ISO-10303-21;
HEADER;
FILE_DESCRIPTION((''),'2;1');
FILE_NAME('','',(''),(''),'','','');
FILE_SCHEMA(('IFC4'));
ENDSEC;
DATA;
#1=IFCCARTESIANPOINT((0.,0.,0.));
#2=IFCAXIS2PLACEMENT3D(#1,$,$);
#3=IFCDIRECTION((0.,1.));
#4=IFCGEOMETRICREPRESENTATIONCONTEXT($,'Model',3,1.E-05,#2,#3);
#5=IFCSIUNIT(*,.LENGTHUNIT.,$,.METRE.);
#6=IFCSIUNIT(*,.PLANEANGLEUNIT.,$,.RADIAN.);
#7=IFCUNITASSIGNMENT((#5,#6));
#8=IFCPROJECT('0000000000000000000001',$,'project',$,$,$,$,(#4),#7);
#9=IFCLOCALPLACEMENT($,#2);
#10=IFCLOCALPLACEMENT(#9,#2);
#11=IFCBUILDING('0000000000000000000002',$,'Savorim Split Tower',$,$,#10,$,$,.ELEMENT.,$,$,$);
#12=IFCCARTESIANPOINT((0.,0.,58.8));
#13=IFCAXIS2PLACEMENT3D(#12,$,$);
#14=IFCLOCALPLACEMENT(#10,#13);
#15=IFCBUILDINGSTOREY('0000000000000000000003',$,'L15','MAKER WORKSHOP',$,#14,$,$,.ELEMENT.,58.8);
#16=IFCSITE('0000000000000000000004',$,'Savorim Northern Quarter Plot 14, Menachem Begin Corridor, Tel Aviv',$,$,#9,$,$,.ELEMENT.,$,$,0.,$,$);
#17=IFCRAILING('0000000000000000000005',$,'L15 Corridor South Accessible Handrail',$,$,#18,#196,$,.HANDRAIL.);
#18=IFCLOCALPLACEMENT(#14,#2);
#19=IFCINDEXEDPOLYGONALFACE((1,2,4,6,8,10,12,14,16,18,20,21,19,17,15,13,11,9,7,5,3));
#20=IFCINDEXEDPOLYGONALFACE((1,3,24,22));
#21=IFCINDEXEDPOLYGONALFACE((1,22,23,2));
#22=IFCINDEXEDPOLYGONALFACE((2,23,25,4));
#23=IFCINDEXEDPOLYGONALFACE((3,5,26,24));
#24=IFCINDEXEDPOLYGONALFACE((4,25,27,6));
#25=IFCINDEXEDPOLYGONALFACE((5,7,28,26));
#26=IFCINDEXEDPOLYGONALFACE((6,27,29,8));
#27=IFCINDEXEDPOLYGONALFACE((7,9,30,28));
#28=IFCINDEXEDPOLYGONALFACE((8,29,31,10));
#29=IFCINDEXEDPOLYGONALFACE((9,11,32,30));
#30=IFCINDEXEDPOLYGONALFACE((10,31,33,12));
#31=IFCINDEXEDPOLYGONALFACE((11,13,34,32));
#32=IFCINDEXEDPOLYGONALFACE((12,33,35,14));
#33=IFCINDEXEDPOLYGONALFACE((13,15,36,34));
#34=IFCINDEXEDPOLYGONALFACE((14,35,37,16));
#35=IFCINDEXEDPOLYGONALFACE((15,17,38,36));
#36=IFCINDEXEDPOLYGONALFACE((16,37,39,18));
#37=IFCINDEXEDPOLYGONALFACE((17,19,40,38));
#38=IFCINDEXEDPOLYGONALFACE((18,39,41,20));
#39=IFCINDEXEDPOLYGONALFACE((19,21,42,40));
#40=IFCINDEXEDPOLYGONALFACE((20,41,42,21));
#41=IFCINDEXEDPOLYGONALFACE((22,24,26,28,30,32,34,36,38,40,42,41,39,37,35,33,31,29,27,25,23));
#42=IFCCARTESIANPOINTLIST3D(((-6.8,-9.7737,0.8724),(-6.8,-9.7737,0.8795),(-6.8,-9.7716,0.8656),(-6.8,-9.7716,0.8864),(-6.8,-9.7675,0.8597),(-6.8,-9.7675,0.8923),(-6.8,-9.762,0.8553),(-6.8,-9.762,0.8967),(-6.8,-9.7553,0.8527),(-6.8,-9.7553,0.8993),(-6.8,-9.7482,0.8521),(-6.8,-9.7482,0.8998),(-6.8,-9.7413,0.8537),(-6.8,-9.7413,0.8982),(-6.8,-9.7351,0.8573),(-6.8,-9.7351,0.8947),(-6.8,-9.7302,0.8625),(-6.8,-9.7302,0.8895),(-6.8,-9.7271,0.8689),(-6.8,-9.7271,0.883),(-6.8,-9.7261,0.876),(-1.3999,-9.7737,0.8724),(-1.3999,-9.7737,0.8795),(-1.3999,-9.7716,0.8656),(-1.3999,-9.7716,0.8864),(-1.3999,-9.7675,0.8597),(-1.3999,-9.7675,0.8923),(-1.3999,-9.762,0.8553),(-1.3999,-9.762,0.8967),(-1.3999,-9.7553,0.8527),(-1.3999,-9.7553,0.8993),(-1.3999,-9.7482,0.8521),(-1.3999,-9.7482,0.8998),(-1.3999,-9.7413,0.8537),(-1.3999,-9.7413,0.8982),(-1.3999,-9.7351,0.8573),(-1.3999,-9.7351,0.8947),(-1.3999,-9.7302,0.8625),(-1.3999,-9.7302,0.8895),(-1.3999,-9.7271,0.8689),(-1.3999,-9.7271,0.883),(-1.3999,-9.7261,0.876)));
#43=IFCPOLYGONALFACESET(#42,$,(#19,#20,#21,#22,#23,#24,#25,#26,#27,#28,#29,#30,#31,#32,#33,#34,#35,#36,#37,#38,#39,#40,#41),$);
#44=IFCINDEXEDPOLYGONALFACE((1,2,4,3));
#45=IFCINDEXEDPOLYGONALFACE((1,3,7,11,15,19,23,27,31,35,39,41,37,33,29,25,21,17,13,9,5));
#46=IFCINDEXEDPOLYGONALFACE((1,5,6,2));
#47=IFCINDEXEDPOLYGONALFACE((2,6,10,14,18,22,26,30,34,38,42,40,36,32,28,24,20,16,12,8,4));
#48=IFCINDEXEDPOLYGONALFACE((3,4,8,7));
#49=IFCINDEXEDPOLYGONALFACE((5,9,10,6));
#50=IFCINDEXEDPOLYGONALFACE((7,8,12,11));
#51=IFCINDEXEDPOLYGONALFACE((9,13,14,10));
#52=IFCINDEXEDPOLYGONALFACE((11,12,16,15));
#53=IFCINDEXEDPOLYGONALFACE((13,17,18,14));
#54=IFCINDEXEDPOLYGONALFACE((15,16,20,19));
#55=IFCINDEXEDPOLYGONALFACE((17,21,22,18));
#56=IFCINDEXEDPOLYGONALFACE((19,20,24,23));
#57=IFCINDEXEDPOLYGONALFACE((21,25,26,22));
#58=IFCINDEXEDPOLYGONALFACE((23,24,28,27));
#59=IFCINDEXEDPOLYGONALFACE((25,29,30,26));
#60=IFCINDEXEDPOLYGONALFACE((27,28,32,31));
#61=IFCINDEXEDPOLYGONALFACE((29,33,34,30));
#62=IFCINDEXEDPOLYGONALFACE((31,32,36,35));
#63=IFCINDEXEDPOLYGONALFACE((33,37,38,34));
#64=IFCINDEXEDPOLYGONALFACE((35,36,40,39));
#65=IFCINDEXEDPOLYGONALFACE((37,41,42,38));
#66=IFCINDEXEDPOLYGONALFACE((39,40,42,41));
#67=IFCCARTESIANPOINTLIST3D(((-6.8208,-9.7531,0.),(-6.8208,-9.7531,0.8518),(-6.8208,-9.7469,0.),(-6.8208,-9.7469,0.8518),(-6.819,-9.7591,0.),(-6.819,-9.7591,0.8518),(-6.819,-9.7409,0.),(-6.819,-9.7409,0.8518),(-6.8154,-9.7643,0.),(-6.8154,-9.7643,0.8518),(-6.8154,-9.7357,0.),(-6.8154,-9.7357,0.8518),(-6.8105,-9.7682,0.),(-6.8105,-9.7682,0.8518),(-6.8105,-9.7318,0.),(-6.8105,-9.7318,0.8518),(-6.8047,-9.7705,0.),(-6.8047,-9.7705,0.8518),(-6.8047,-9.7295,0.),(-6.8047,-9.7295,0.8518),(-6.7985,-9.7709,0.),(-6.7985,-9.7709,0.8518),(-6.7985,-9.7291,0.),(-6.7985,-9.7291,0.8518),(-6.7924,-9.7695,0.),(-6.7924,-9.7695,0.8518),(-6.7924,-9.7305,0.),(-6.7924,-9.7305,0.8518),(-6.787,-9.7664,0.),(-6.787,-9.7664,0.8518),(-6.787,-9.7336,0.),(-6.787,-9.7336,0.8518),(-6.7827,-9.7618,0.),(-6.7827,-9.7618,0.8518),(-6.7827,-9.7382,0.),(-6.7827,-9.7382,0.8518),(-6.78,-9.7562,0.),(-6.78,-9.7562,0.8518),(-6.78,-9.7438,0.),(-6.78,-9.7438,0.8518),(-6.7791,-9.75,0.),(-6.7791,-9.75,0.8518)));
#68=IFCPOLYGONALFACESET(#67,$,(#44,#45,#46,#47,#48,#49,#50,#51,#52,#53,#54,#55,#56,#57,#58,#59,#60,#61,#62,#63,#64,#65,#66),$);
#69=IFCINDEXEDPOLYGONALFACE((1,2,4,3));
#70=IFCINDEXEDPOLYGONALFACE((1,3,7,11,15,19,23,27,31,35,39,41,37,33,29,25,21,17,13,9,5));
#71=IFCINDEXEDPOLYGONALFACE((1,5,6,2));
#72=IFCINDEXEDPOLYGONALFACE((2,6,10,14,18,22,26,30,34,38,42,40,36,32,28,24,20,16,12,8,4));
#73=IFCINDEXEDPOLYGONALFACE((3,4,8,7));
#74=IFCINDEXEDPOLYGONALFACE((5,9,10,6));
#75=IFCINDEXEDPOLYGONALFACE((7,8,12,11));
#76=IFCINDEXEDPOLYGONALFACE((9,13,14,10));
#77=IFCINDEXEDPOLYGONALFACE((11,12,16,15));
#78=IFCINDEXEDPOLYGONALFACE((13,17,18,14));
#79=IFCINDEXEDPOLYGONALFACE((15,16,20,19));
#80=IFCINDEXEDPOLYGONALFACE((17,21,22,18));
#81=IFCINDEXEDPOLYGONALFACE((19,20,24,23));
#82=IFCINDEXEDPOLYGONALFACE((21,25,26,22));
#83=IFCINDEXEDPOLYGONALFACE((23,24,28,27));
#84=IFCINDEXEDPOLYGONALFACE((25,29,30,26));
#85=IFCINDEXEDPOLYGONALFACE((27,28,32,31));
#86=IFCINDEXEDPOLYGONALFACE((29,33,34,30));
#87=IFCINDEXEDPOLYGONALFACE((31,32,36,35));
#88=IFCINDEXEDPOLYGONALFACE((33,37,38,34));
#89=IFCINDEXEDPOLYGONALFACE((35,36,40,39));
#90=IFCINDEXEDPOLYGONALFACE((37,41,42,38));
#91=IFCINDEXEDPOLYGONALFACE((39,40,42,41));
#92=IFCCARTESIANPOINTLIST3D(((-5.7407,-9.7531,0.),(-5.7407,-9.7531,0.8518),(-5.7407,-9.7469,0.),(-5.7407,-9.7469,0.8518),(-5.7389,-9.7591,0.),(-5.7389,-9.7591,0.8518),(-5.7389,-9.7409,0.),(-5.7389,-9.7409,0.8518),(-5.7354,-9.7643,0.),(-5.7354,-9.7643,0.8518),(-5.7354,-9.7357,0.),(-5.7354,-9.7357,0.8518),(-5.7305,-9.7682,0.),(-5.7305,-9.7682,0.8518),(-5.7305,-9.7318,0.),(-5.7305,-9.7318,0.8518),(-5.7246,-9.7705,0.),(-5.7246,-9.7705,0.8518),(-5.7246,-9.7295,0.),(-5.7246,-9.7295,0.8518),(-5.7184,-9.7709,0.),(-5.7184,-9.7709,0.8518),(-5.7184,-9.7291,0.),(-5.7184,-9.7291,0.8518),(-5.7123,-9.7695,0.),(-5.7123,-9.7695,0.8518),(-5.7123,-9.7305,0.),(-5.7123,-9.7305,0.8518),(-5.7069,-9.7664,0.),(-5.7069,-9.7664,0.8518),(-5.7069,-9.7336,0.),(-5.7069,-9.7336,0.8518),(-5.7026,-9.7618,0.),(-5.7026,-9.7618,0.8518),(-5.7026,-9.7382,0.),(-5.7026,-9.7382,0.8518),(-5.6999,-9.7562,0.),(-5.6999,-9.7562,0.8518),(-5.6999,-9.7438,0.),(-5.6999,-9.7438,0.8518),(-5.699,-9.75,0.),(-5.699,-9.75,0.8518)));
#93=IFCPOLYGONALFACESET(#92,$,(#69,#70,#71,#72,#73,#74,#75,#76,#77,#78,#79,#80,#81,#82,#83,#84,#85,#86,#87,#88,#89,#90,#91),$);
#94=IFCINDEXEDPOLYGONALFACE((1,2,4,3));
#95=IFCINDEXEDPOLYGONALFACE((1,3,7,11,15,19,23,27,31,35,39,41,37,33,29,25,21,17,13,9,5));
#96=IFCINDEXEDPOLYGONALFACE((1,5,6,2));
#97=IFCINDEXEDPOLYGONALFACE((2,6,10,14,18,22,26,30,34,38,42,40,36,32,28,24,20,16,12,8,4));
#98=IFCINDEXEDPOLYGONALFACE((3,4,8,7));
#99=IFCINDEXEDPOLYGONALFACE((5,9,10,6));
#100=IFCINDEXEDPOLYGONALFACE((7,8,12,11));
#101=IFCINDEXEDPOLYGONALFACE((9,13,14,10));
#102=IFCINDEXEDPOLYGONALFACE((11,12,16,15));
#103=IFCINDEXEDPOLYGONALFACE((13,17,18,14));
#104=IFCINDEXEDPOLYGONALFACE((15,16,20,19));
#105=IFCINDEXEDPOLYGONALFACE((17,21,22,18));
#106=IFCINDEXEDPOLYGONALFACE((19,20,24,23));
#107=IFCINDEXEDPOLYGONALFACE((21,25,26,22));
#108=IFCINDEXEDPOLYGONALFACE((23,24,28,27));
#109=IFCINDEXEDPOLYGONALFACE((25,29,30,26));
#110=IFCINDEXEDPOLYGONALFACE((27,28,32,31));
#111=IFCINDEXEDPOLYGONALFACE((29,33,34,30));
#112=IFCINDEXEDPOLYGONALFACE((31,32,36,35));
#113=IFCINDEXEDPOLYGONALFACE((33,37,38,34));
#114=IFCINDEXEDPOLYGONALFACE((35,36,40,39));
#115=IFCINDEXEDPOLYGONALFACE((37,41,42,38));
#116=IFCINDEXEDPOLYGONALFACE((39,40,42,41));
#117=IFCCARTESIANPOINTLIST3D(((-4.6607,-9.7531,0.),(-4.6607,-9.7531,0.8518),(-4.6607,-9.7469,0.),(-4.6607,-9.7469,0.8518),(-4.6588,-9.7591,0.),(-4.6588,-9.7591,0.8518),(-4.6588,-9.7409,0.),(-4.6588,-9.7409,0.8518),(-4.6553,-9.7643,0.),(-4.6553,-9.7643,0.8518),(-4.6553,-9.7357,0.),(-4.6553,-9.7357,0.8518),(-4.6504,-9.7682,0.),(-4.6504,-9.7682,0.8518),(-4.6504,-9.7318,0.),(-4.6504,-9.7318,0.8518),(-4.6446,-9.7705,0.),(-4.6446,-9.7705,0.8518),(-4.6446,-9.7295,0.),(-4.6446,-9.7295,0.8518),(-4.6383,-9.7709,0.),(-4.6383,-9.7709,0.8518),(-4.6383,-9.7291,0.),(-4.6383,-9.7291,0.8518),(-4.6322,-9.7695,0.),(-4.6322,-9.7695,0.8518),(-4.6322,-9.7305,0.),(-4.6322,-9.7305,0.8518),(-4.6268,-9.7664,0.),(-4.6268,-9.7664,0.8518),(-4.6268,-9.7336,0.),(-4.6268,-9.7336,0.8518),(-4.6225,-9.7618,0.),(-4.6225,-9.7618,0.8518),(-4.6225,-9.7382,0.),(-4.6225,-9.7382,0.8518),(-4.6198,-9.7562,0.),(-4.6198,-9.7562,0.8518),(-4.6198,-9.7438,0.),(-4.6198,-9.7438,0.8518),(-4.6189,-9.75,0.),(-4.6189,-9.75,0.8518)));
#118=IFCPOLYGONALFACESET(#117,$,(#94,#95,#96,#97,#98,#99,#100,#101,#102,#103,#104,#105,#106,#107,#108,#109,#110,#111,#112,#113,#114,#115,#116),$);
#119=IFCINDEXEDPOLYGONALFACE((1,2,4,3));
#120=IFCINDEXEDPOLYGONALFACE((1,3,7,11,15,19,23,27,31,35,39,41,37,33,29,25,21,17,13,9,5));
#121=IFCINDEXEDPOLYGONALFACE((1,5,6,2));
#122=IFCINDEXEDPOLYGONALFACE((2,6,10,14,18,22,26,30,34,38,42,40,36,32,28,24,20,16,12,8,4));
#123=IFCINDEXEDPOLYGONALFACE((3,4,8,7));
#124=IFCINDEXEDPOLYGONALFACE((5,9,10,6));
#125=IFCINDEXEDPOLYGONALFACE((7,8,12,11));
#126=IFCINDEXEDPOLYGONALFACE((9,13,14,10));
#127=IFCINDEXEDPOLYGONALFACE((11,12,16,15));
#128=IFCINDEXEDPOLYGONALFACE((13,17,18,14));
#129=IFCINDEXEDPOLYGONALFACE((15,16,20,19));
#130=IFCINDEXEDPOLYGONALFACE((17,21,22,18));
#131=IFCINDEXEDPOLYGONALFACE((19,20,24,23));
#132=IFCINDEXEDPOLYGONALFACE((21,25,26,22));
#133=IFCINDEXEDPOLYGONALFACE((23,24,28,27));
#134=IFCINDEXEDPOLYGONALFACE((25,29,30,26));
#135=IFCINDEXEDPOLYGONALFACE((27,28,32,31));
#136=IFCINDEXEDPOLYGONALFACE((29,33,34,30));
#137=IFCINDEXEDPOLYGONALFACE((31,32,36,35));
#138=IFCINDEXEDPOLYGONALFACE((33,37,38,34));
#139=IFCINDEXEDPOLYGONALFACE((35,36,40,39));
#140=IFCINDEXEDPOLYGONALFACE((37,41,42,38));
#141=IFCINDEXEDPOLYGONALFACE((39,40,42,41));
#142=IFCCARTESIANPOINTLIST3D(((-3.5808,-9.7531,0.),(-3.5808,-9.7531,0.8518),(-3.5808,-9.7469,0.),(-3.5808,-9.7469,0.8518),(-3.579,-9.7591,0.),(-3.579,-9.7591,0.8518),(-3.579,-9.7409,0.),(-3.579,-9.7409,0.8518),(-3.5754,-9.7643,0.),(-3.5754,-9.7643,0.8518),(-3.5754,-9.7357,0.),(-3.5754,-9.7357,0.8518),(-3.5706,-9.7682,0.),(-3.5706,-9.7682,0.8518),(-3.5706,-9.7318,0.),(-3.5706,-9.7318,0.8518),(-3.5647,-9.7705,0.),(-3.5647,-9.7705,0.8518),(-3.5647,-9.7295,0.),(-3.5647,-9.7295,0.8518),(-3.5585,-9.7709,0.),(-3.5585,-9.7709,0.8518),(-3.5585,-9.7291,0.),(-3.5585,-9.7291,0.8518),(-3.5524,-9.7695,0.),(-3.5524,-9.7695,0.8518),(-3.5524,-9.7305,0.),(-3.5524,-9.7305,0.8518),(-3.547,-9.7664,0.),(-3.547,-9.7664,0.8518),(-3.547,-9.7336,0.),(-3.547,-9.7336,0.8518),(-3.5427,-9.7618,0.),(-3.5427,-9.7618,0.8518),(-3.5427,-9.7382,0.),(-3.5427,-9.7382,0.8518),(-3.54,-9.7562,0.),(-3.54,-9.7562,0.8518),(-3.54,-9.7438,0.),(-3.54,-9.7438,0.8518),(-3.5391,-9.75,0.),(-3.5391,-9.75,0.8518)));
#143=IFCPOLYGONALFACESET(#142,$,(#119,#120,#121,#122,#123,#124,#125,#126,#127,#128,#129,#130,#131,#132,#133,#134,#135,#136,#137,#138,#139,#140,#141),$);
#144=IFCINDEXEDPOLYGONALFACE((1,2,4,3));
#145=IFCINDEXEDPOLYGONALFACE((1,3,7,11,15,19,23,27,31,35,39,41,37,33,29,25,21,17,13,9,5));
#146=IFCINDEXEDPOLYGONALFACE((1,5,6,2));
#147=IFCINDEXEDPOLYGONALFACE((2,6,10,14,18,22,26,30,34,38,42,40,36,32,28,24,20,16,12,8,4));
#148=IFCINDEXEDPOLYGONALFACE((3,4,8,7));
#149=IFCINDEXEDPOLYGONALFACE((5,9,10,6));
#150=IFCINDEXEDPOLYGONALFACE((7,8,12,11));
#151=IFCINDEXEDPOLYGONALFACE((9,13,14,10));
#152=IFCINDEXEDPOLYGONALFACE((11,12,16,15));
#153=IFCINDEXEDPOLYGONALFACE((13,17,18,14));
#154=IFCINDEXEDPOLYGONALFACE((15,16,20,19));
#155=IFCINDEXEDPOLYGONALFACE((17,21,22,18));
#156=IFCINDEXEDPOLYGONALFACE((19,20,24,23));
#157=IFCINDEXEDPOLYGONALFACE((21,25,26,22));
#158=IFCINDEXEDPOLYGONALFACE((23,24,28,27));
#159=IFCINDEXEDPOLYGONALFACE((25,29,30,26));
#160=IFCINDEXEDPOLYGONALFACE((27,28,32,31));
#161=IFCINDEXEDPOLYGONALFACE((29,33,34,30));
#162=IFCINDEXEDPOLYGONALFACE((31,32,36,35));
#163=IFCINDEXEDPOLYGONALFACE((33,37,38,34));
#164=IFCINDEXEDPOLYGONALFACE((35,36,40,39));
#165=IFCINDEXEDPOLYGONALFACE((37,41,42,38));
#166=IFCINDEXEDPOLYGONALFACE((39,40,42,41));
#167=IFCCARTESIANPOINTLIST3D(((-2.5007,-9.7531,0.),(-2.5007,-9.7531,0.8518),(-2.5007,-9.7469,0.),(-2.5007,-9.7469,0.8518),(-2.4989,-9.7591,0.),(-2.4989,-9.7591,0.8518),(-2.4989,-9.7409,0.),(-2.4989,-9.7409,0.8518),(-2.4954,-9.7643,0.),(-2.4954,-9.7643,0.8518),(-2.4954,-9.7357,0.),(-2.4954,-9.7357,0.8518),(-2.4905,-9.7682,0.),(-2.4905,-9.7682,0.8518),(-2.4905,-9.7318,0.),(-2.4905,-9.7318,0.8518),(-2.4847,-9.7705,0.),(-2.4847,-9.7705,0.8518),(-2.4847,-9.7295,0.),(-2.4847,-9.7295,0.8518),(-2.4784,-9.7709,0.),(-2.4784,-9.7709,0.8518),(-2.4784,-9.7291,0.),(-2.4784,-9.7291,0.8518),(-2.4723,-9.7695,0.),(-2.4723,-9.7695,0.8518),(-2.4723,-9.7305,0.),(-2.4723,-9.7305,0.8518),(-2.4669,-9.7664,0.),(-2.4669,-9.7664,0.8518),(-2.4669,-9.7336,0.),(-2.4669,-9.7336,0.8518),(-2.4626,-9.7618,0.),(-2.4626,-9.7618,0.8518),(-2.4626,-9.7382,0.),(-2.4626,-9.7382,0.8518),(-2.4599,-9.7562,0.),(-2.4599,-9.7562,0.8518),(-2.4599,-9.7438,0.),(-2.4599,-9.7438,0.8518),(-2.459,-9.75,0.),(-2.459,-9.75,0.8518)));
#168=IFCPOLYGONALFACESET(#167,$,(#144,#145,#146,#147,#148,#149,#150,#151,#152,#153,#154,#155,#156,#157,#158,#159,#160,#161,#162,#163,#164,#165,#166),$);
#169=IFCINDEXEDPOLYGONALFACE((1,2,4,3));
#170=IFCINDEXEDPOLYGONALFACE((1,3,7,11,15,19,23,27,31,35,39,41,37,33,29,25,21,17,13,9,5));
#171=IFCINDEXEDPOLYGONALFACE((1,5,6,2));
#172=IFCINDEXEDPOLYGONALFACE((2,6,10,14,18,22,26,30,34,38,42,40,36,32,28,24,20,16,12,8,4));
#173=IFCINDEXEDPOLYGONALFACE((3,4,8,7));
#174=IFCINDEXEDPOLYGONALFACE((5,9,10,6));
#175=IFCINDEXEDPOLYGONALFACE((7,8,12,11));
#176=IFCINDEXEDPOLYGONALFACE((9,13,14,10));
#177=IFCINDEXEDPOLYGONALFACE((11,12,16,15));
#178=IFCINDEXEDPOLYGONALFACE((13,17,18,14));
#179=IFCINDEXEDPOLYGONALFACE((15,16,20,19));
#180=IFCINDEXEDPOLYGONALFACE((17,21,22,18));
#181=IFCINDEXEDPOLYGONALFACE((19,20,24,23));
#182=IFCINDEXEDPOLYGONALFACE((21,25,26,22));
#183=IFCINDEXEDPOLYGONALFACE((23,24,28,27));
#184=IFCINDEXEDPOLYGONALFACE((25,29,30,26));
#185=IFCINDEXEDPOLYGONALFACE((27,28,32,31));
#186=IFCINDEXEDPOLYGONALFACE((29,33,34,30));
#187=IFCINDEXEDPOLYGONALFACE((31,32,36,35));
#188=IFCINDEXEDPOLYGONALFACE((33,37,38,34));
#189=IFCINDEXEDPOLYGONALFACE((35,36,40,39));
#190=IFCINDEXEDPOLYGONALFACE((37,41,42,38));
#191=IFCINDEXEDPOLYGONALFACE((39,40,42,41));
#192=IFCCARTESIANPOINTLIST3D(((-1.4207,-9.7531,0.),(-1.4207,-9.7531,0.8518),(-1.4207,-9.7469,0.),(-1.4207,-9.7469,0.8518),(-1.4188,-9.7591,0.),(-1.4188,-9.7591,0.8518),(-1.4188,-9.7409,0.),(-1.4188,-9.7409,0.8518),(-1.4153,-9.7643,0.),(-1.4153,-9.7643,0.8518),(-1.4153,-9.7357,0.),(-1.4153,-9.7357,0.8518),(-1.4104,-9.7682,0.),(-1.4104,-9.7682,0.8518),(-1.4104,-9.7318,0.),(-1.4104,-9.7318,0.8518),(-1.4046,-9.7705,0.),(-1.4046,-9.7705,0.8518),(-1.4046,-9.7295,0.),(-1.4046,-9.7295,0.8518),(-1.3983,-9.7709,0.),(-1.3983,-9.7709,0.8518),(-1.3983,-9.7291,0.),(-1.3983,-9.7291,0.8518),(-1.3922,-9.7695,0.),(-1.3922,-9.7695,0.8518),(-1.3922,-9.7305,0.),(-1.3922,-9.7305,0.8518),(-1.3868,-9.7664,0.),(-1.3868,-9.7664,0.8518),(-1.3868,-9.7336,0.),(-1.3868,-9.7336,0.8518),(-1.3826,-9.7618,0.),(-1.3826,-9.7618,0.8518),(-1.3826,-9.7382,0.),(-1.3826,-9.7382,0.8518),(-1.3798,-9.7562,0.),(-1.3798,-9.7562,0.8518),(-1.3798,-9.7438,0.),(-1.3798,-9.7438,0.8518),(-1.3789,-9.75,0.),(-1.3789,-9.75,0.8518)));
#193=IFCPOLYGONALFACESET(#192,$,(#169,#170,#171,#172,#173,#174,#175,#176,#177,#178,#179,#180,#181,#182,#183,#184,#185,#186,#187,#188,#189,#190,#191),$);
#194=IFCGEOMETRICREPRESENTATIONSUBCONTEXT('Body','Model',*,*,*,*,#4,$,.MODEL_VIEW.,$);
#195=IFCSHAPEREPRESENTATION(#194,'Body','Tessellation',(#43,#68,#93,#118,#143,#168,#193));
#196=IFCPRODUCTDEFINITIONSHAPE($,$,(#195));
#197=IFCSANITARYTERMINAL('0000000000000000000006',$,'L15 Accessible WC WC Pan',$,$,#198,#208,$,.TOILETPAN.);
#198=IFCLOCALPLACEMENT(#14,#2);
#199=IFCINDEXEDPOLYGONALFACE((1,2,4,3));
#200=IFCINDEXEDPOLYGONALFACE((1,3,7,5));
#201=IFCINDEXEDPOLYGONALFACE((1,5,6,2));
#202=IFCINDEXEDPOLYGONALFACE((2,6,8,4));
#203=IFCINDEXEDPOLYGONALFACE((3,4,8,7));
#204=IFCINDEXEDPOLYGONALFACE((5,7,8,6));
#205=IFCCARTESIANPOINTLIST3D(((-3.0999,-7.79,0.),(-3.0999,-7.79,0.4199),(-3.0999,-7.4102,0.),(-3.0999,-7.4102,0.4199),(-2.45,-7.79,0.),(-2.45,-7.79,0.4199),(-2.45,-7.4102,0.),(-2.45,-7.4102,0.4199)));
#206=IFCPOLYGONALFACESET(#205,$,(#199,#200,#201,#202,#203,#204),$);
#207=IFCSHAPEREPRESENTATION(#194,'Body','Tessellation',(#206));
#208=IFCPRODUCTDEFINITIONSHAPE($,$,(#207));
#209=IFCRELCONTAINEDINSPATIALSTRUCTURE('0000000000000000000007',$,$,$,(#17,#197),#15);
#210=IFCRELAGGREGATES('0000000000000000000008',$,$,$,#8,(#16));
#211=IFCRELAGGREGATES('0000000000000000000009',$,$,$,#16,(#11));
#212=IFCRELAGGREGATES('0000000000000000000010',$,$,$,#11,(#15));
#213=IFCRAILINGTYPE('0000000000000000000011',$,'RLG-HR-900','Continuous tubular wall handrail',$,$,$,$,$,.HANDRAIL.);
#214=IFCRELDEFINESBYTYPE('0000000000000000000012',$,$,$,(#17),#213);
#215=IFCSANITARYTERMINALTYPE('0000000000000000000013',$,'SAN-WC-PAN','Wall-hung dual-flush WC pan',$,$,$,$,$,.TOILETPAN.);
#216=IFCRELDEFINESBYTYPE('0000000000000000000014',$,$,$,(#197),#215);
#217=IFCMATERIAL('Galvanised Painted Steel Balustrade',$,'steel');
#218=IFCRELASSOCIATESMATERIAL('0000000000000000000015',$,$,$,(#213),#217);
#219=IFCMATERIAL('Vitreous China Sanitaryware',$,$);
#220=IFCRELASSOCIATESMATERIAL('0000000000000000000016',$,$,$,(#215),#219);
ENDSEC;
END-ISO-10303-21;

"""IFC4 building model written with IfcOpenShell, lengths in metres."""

from ifc_helpers import new_model, si_unit, direction, frame, origin, origin_2d, place, context, subcontext, project, spatial, rectangle, circle, extrude, material, type_object, element, save


model = new_model("IFC4")

# Units and contexts
model_context = context("Model", 3, precision=1e-05, world=origin(), true_north=direction((0.0, 1.0)))
body_context = subcontext(model_context, "Body", "Model", "MODEL_VIEW")
ifc_project = project(units=[si_unit("LENGTHUNIT", "METRE"), si_unit("PLANEANGLEUNIT", "RADIAN")], contexts=[model_context])

# Site, building, storey
site_placement = place(None, origin())
site = spatial("IfcSite", under=ifc_project, at=site_placement, Name="Savorim Northern Quarter Plot 14, Menachem Begin Corridor, Tel Aviv", CompositionType="ELEMENT", RefElevation=0.0)
building_placement = place(site_placement, origin())
building = spatial("IfcBuilding", under=site, at=building_placement, Name="Savorim Split Tower", CompositionType="ELEMENT")
storey_placement = place(building_placement, frame((0.0, 0.0, 58.8)))
storey = spatial("IfcBuildingStorey", under=building, at=storey_placement, Name="L15", Description="MAKER WORKSHOP", CompositionType="ELEMENT", Elevation=58.8)

# Railing
ifc_material_1 = material(Name="Galvanised Painted Steel Balustrade", Category="steel")
railing_type = type_object("IfcRailingType", Name="RLG-HR-900", Description="Continuous tubular wall handrail", PredefinedType="HANDRAIL", material=ifc_material_1)
railing_1_placement = place(storey_placement, frame((-6.8, -9.75, 0.0)))
element("IfcRailing", 1, at=railing_1_placement, inside=storey, type_object=railing_type, Name="L15 Corridor South Accessible Handrail", PredefinedType="HANDRAIL", context=body_context, shape_type="SweptSolid", body=[
    extrude(circle(Radius=0.0239, at=origin_2d()), frame((0.0, 0.0, 0.876), z_axis=(1.0, 0.0, 0.0), x_axis=(0.0, 1.0, 0.0)), (0.0, 0.0, 1.0), 5.4001),
    extrude(circle(Radius=0.021, at=origin_2d()), origin(), (0.0, 0.0, 1.0), 0.8518),
    extrude(circle(Radius=0.021, at=origin_2d()), frame((1.0801, 0.0, 0.0)), (0.0, 0.0, 1.0), 0.8518),
    extrude(circle(Radius=0.021, at=origin_2d()), frame((2.1602, 0.0, 0.0)), (0.0, 0.0, 1.0), 0.8518),
    extrude(circle(Radius=0.021, at=origin_2d()), frame((3.24, 0.0, 0.0)), (0.0, 0.0, 1.0), 0.8518),
    extrude(circle(Radius=0.021, at=origin_2d()), frame((4.3201, 0.0, 0.0)), (0.0, 0.0, 1.0), 0.8518),
    extrude(circle(Radius=0.021, at=origin_2d()), frame((5.4001, 0.0, 0.0)), (0.0, 0.0, 1.0), 0.8518),
])

# Sanitary terminal
ifc_material_2 = material(Name="Vitreous China Sanitaryware")
sanitary_terminal_type_1 = type_object("IfcSanitaryTerminalType", Name="SAN-WC-PAN", Description="Wall-hung dual-flush WC pan", PredefinedType="TOILETPAN", material=ifc_material_2)
sanitary_terminal_1_placement = place(storey_placement, frame((-2.7749, -7.6001, 0.0), z_axis=(0.0, 0.0, 1.0), x_axis=(1.0, 0.0, 0.0)))
element("IfcSanitaryTerminal", 2, at=sanitary_terminal_1_placement, inside=storey, type_object=sanitary_terminal_type_1, Name="L15 Accessible WC WC Pan", PredefinedType="TOILETPAN", context=body_context, shape_type="SweptSolid", body=[
    extrude(rectangle(XDim=0.6499, YDim=0.3799, at=origin_2d()), origin(), (0.0, 0.0, 1.0), 0.4199),
])

save(model, "model.ifc")
